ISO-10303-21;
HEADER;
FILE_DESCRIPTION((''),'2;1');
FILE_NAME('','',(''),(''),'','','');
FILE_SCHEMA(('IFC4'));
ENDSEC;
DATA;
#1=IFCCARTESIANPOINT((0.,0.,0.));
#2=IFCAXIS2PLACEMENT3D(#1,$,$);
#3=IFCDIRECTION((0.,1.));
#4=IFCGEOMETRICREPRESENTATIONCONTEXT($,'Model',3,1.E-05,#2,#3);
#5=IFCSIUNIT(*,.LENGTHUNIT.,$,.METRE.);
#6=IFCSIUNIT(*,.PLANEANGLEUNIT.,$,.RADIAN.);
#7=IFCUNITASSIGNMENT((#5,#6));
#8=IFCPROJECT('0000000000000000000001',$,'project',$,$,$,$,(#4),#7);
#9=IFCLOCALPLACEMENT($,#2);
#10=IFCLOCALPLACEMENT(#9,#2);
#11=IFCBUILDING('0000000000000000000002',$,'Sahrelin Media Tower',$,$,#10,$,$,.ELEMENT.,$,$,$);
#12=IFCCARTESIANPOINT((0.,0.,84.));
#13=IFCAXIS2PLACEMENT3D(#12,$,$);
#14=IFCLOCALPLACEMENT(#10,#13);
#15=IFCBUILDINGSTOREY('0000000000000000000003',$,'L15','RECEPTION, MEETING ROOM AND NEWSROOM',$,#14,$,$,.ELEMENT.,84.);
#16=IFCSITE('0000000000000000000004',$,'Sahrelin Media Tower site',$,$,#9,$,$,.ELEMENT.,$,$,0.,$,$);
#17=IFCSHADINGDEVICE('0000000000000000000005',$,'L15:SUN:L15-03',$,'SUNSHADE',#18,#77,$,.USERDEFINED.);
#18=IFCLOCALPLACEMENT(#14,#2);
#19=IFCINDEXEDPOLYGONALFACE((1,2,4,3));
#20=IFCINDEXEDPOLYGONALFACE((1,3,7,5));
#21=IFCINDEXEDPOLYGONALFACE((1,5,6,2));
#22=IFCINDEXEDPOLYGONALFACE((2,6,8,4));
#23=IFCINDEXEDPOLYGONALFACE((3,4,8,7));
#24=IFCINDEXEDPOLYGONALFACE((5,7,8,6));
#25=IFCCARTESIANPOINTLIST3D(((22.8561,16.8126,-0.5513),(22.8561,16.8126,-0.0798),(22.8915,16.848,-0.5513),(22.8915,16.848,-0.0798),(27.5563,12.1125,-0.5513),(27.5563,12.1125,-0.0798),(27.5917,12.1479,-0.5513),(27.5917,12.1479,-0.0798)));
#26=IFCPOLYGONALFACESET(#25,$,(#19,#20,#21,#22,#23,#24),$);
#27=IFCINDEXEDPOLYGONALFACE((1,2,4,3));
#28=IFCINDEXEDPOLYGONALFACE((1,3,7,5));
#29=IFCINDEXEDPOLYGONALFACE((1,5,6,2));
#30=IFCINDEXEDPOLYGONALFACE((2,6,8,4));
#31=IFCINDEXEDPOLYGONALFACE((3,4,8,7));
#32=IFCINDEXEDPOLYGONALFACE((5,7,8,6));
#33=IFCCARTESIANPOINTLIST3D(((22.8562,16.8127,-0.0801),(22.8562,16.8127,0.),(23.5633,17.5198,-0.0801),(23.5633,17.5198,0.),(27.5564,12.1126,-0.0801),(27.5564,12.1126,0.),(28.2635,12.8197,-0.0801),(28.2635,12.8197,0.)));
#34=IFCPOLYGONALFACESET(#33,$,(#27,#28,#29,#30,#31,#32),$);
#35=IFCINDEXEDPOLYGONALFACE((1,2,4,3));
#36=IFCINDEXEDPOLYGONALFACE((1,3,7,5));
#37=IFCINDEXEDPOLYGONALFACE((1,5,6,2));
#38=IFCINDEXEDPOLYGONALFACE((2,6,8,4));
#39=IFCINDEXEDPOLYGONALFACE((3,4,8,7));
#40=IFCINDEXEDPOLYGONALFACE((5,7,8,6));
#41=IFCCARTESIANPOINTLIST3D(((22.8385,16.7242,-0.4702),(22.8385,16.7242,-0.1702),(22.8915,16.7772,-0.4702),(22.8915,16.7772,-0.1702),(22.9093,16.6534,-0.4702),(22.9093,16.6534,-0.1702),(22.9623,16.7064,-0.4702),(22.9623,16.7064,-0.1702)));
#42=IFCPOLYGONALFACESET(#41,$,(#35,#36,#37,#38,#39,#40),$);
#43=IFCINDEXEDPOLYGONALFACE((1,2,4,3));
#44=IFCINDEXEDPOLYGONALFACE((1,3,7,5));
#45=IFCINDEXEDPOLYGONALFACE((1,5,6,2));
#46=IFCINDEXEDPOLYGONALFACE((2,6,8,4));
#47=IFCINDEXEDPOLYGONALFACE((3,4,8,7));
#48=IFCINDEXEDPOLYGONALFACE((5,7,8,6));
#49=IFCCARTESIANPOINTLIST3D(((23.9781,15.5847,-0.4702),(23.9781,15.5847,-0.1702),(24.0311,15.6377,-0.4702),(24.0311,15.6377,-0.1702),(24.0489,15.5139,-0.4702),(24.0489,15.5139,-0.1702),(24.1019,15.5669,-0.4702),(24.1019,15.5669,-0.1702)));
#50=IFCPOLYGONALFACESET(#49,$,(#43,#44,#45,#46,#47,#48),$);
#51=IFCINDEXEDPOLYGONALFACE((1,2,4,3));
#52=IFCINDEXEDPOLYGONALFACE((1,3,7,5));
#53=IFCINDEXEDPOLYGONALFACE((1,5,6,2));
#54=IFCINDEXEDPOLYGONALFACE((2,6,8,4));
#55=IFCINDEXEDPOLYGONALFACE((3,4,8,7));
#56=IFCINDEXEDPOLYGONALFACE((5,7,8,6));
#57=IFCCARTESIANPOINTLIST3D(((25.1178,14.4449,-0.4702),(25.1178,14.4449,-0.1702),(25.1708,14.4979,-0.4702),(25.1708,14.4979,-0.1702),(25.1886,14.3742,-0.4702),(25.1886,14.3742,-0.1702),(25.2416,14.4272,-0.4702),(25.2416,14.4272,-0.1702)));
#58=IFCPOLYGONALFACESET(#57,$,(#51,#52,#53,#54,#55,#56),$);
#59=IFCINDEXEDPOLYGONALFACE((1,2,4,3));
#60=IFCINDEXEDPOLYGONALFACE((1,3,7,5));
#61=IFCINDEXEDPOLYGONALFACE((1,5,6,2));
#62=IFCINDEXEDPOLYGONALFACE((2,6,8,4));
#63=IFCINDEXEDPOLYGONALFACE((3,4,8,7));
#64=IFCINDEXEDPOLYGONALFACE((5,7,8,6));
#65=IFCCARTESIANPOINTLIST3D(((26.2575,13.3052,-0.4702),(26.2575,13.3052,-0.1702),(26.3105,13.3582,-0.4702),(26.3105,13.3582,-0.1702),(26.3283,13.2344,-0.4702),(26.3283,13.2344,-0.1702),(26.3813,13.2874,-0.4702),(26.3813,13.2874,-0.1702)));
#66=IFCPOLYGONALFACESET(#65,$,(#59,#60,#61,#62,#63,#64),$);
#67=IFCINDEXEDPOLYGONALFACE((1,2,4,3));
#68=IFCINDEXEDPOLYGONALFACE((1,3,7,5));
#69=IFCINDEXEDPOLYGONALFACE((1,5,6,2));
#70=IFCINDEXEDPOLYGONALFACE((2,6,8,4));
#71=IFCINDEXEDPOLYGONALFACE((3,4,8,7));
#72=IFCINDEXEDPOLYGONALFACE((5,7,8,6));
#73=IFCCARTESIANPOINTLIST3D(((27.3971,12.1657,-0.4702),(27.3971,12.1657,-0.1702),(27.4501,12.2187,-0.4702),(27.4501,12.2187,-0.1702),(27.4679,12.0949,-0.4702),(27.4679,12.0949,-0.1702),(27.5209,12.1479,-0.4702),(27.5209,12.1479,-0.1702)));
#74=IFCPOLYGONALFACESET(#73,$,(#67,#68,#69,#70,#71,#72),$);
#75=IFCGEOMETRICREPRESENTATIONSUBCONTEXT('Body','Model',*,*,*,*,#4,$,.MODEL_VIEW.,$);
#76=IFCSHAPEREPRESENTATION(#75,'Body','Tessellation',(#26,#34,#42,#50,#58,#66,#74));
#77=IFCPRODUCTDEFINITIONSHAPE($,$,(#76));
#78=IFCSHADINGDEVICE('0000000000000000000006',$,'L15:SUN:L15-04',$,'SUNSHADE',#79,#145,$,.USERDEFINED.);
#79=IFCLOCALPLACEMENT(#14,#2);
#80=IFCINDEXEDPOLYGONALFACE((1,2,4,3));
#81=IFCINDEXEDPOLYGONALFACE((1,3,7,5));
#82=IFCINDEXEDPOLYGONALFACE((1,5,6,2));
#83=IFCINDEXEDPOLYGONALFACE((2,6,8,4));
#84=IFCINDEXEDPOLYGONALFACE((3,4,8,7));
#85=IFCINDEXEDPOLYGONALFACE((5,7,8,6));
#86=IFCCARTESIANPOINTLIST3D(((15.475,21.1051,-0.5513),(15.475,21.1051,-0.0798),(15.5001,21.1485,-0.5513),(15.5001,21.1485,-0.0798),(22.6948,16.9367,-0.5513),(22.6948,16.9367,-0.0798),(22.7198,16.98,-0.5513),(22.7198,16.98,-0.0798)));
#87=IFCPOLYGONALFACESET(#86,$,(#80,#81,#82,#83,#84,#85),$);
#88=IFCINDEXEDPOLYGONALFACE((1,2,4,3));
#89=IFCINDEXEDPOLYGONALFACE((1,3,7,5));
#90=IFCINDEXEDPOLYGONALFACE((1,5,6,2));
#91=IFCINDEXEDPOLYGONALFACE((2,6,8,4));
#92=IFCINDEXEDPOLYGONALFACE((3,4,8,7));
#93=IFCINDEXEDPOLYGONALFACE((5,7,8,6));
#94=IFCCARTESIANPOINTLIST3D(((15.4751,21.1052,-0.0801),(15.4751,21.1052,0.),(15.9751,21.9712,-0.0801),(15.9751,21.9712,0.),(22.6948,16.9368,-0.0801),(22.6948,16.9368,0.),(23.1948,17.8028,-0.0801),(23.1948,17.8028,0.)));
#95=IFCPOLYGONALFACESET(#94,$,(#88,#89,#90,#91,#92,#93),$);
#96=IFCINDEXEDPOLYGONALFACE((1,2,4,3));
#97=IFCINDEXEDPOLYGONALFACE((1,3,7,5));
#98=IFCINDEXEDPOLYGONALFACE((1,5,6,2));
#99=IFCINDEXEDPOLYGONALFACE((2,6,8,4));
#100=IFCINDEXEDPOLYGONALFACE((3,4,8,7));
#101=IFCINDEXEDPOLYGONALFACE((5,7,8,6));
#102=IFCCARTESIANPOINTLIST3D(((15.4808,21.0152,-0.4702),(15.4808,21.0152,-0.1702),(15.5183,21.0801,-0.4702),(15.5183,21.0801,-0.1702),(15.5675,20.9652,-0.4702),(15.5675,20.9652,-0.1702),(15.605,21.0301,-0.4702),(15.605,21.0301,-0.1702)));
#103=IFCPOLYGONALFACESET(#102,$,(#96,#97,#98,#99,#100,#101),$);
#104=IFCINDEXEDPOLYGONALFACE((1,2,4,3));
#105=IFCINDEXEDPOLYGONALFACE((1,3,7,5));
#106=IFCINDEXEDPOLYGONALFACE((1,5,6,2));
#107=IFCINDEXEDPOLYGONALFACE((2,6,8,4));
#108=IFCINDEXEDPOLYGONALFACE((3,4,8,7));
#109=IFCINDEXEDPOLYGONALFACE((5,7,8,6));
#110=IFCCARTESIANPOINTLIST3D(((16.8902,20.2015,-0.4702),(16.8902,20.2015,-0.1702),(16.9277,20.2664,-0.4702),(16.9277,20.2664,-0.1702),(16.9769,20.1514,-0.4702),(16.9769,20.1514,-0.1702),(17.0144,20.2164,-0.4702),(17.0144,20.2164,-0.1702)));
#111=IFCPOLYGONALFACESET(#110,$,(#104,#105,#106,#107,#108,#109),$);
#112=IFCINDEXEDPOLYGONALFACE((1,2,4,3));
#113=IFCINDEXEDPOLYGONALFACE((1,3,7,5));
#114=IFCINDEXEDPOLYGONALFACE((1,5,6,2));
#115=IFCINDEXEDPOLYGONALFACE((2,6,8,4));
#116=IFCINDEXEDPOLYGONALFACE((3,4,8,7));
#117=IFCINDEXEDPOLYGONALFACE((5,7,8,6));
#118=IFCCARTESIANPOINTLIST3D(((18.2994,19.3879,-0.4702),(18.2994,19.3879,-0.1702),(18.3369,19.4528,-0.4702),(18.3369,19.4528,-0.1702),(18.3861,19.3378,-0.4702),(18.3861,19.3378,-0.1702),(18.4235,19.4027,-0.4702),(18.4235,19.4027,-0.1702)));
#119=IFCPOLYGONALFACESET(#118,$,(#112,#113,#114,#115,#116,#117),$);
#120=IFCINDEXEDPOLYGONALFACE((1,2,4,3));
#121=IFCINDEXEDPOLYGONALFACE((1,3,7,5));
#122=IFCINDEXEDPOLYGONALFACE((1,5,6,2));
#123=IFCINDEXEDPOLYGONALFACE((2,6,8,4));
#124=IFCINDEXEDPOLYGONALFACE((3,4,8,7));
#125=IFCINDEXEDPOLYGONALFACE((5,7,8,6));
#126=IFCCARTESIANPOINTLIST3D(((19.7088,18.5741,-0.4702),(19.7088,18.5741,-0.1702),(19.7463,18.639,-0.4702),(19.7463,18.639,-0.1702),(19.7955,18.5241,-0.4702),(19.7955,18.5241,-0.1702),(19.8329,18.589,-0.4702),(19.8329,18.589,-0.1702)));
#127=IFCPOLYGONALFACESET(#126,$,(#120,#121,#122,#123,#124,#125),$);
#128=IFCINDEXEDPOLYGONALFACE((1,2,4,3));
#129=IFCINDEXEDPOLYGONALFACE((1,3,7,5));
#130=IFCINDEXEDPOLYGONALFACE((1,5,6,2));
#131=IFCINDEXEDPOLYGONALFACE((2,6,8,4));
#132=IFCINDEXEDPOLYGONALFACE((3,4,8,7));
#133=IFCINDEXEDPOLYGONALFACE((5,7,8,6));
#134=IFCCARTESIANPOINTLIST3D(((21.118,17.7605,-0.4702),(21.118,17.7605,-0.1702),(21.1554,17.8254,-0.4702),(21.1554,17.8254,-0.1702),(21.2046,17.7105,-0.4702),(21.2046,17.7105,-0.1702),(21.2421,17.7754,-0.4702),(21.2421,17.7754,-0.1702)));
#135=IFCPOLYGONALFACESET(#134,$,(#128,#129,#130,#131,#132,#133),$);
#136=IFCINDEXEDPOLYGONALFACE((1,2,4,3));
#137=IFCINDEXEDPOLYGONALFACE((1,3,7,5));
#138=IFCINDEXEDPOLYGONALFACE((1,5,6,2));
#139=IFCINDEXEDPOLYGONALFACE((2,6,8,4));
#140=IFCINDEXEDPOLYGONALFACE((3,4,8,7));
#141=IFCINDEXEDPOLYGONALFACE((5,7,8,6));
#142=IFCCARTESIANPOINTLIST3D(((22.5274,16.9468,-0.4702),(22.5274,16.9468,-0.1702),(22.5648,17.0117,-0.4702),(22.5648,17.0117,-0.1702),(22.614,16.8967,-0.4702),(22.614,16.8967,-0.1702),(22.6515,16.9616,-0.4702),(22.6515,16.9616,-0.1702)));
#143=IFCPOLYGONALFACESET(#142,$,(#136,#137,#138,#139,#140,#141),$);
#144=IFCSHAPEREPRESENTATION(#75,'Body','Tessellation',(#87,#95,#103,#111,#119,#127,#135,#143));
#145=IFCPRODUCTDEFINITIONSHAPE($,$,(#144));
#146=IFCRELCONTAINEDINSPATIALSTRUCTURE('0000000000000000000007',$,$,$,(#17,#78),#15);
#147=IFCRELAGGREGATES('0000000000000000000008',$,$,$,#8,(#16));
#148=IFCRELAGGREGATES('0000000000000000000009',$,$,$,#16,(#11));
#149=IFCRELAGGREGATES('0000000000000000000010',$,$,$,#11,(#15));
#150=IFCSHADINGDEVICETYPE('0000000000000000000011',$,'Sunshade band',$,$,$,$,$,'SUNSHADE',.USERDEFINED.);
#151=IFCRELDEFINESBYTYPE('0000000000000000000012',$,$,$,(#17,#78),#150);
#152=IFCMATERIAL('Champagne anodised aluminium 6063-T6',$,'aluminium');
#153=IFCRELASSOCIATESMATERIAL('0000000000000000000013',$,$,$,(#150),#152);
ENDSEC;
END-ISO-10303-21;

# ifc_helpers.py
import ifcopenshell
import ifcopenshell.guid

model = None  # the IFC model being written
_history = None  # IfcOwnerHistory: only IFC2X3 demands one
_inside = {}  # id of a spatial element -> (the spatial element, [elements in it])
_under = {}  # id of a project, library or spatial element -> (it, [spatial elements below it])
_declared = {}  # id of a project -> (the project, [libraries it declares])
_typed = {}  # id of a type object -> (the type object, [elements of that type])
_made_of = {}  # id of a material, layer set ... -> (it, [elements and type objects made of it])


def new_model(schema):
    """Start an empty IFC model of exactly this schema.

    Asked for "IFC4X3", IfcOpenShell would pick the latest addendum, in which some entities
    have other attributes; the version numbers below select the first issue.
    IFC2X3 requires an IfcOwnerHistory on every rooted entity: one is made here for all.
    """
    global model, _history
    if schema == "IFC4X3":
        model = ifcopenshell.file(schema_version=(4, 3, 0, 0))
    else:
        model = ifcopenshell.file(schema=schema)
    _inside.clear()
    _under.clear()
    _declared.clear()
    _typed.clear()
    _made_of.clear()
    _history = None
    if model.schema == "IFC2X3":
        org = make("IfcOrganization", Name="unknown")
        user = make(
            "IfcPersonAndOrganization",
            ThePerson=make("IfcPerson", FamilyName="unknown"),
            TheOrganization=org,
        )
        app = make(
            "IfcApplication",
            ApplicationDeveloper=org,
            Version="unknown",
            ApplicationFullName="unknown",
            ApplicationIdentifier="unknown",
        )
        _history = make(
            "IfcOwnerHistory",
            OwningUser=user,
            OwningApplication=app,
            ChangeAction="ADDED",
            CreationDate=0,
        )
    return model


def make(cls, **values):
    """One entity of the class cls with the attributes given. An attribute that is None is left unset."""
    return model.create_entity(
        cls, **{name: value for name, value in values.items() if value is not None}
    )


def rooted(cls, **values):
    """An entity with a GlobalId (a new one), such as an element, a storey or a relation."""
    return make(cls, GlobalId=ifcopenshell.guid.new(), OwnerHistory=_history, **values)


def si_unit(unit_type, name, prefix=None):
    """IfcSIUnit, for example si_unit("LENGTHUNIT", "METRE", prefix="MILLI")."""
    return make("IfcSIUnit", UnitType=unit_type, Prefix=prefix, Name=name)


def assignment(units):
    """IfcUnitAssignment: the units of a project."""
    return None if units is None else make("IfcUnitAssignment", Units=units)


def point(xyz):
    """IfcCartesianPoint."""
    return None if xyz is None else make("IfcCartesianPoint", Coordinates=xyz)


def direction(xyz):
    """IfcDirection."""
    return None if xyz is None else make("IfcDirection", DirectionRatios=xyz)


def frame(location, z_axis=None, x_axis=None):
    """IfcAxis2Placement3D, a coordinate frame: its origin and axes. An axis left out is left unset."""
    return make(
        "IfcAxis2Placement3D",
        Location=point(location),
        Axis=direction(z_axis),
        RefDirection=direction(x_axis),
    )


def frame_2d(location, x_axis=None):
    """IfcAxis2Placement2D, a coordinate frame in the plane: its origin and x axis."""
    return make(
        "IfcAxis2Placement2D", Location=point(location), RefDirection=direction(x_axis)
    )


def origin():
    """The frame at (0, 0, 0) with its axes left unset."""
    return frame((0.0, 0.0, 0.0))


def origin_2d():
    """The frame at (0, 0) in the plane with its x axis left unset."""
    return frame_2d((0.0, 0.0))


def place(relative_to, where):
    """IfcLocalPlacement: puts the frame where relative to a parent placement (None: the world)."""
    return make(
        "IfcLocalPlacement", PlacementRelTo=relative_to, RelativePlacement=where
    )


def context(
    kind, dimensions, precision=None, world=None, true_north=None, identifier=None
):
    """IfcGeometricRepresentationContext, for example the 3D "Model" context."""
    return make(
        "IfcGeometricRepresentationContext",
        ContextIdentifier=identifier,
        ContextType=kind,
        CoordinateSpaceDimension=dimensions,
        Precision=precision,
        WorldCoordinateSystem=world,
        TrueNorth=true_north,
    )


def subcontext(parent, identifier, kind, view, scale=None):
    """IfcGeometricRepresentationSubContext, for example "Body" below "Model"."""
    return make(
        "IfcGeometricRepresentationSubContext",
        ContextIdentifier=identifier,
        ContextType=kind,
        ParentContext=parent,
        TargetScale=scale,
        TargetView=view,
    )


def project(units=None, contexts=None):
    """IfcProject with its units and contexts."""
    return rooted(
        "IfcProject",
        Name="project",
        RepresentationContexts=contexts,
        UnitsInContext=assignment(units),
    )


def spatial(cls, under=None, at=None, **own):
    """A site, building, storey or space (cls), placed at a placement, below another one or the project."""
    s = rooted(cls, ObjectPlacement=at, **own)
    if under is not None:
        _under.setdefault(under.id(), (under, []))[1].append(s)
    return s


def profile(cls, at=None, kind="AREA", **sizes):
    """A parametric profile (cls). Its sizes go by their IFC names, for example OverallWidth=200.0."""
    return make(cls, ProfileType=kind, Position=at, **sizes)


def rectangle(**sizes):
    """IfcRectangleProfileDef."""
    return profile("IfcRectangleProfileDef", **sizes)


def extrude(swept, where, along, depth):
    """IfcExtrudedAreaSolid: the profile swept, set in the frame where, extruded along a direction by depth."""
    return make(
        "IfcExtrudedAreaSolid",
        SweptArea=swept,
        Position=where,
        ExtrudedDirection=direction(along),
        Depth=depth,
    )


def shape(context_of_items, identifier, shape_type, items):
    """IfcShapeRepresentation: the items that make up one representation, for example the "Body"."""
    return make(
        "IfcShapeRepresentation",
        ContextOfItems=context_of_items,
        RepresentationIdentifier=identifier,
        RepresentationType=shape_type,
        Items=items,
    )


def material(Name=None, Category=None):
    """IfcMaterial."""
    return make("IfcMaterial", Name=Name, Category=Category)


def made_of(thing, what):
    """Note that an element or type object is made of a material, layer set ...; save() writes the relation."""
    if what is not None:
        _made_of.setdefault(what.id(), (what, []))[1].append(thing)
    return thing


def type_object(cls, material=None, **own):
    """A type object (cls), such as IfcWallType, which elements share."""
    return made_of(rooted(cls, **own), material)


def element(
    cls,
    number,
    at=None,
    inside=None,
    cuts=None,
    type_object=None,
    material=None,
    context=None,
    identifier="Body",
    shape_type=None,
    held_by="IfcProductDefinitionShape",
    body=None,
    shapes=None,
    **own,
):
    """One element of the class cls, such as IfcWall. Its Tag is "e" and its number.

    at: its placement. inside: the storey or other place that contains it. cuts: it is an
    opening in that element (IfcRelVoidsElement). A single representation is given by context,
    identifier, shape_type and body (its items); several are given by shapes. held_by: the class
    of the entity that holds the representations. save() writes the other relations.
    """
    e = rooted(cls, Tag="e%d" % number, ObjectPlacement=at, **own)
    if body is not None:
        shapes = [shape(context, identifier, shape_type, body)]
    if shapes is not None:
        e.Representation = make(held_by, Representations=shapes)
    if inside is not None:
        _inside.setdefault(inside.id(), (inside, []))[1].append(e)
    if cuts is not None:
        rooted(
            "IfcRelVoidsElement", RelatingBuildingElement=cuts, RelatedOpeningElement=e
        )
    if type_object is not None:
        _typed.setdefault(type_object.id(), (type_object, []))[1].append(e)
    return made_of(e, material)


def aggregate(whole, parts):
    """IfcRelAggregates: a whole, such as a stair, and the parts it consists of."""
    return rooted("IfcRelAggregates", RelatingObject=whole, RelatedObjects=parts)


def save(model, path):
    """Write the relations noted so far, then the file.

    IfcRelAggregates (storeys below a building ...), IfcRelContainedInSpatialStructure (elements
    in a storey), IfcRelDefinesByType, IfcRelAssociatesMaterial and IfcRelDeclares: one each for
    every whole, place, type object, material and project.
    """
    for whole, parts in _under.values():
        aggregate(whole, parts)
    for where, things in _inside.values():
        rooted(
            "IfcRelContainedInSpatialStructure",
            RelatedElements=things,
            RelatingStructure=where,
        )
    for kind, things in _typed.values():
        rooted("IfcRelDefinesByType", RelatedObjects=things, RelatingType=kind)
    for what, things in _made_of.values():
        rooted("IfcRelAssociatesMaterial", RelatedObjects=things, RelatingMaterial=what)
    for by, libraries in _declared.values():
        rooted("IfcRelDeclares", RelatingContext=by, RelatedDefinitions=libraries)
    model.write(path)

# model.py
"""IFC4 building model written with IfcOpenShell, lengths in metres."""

from ifc_helpers import new_model, si_unit, direction, frame, origin, origin_2d, place, context, subcontext, project, spatial, rectangle, extrude, material, type_object, element, save


model = new_model("IFC4")

# Units and contexts
model_context = context("Model", 3, precision=1e-05, world=origin(), true_north=direction((0.0, 1.0)))
body_context = subcontext(model_context, "Body", "Model", "MODEL_VIEW")
ifc_project = project(units=[si_unit("LENGTHUNIT", "METRE"), si_unit("PLANEANGLEUNIT", "RADIAN")], contexts=[model_context])

# Site, building, storey
site_placement = place(None, origin())
site = spatial("IfcSite", under=ifc_project, at=site_placement, Name="Sahrelin Media Tower site", CompositionType="ELEMENT", RefElevation=0.0)
building_placement = place(site_placement, origin())
building = spatial("IfcBuilding", under=site, at=building_placement, Name="Sahrelin Media Tower", CompositionType="ELEMENT")
storey_placement = place(building_placement, frame((0.0, 0.0, 84.0)))
storey = spatial("IfcBuildingStorey", under=building, at=storey_placement, Name="L15", Description="RECEPTION, MEETING ROOM AND NEWSROOM", CompositionType="ELEMENT", Elevation=84.0)

# Shared definitions
ifc_material_1 = material(Name="Champagne anodised aluminium 6063-T6", Category="aluminium")

# Shading devices
placement_1 = place(storey_placement, frame((25.1921, 14.4485, 0.0), z_axis=(0.0, 0.0, 1.0), x_axis=(0.707107, -0.707107, 0.0)))
placement_2 = place(storey_placement, frame((19.075, 19.0037, 0.0), z_axis=(0.0, 0.0, 1.0), x_axis=(0.866019, -0.500011, 0.0)))
shading_device_type_1 = type_object("IfcShadingDeviceType", Name="Sunshade band", ElementType="SUNSHADE", PredefinedType="USERDEFINED", material=ifc_material_1)
element("IfcShadingDevice", 1, at=placement_1, inside=storey, type_object=shading_device_type_1, Name="L15:SUN:L15-03", ObjectType="SUNSHADE", PredefinedType="USERDEFINED", context=body_context, shape_type="SweptSolid", body=[
    extrude(rectangle(XDim=6.647, YDim=0.05, at=origin_2d()), frame((0.0, 0.0449, -0.5513)), (0.0, 0.0, 1.0), 0.4714),
    extrude(rectangle(XDim=6.647, YDim=1.0, at=origin_2d()), frame((0.0, 0.52, -0.0801)), (0.0, 0.0, 1.0), 0.0801),
    extrude(rectangle(XDim=0.1001, YDim=0.075, at=origin_2d()), frame((-3.2234, -0.0176, -0.4702)), (0.0, 0.0, 1.0), 0.3),
    extrude(rectangle(XDim=0.1001, YDim=0.075, at=origin_2d()), frame((-1.6118, -0.0176, -0.4702)), (0.0, 0.0, 1.0), 0.3),
    extrude(rectangle(XDim=0.1001, YDim=0.075, at=origin_2d()), frame((0.0, -0.0176, -0.4702)), (0.0, 0.0, 1.0), 0.3),
    extrude(rectangle(XDim=0.1001, YDim=0.075, at=origin_2d()), frame((1.6118, -0.0176, -0.4702)), (0.0, 0.0, 1.0), 0.3),
    extrude(rectangle(XDim=0.1001, YDim=0.075, at=origin_2d()), frame((3.2234, -0.0176, -0.4702)), (0.0, 0.0, 1.0), 0.3),
])
element("IfcShadingDevice", 2, at=placement_2, inside=storey, type_object=shading_device_type_1, Name="L15:SUN:L15-04", ObjectType="SUNSHADE", PredefinedType="USERDEFINED", context=body_context, shape_type="SweptSolid", body=[
    extrude(rectangle(XDim=8.3367, YDim=0.05, at=origin_2d()), frame((0.0, 0.0449, -0.5513)), (0.0, 0.0, 1.0), 0.4714),
    extrude(rectangle(XDim=8.3367, YDim=1.0, at=origin_2d()), frame((0.0, 0.52, -0.0801)), (0.0, 0.0, 1.0), 0.0801),
    extrude(rectangle(XDim=0.1001, YDim=0.075, at=origin_2d()), frame((-4.0684, -0.0176, -0.4702)), (0.0, 0.0, 1.0), 0.3),
    extrude(rectangle(XDim=0.1001, YDim=0.075, at=origin_2d()), frame((-2.4409, -0.0176, -0.4702)), (0.0, 0.0, 1.0), 0.3),
    extrude(rectangle(XDim=0.1001, YDim=0.075, at=origin_2d()), frame((-0.8137, -0.0176, -0.4702)), (0.0, 0.0, 1.0), 0.3),
    extrude(rectangle(XDim=0.1001, YDim=0.075, at=origin_2d()), frame((0.8137, -0.0176, -0.4702)), (0.0, 0.0, 1.0), 0.3),
    extrude(rectangle(XDim=0.1001, YDim=0.075, at=origin_2d()), frame((2.4409, -0.0176, -0.4702)), (0.0, 0.0, 1.0), 0.3),
    extrude(rectangle(XDim=0.1001, YDim=0.075, at=origin_2d()), frame((4.0684, -0.0176, -0.4702)), (0.0, 0.0, 1.0), 0.3),
])

save(model, "model.ifc")
